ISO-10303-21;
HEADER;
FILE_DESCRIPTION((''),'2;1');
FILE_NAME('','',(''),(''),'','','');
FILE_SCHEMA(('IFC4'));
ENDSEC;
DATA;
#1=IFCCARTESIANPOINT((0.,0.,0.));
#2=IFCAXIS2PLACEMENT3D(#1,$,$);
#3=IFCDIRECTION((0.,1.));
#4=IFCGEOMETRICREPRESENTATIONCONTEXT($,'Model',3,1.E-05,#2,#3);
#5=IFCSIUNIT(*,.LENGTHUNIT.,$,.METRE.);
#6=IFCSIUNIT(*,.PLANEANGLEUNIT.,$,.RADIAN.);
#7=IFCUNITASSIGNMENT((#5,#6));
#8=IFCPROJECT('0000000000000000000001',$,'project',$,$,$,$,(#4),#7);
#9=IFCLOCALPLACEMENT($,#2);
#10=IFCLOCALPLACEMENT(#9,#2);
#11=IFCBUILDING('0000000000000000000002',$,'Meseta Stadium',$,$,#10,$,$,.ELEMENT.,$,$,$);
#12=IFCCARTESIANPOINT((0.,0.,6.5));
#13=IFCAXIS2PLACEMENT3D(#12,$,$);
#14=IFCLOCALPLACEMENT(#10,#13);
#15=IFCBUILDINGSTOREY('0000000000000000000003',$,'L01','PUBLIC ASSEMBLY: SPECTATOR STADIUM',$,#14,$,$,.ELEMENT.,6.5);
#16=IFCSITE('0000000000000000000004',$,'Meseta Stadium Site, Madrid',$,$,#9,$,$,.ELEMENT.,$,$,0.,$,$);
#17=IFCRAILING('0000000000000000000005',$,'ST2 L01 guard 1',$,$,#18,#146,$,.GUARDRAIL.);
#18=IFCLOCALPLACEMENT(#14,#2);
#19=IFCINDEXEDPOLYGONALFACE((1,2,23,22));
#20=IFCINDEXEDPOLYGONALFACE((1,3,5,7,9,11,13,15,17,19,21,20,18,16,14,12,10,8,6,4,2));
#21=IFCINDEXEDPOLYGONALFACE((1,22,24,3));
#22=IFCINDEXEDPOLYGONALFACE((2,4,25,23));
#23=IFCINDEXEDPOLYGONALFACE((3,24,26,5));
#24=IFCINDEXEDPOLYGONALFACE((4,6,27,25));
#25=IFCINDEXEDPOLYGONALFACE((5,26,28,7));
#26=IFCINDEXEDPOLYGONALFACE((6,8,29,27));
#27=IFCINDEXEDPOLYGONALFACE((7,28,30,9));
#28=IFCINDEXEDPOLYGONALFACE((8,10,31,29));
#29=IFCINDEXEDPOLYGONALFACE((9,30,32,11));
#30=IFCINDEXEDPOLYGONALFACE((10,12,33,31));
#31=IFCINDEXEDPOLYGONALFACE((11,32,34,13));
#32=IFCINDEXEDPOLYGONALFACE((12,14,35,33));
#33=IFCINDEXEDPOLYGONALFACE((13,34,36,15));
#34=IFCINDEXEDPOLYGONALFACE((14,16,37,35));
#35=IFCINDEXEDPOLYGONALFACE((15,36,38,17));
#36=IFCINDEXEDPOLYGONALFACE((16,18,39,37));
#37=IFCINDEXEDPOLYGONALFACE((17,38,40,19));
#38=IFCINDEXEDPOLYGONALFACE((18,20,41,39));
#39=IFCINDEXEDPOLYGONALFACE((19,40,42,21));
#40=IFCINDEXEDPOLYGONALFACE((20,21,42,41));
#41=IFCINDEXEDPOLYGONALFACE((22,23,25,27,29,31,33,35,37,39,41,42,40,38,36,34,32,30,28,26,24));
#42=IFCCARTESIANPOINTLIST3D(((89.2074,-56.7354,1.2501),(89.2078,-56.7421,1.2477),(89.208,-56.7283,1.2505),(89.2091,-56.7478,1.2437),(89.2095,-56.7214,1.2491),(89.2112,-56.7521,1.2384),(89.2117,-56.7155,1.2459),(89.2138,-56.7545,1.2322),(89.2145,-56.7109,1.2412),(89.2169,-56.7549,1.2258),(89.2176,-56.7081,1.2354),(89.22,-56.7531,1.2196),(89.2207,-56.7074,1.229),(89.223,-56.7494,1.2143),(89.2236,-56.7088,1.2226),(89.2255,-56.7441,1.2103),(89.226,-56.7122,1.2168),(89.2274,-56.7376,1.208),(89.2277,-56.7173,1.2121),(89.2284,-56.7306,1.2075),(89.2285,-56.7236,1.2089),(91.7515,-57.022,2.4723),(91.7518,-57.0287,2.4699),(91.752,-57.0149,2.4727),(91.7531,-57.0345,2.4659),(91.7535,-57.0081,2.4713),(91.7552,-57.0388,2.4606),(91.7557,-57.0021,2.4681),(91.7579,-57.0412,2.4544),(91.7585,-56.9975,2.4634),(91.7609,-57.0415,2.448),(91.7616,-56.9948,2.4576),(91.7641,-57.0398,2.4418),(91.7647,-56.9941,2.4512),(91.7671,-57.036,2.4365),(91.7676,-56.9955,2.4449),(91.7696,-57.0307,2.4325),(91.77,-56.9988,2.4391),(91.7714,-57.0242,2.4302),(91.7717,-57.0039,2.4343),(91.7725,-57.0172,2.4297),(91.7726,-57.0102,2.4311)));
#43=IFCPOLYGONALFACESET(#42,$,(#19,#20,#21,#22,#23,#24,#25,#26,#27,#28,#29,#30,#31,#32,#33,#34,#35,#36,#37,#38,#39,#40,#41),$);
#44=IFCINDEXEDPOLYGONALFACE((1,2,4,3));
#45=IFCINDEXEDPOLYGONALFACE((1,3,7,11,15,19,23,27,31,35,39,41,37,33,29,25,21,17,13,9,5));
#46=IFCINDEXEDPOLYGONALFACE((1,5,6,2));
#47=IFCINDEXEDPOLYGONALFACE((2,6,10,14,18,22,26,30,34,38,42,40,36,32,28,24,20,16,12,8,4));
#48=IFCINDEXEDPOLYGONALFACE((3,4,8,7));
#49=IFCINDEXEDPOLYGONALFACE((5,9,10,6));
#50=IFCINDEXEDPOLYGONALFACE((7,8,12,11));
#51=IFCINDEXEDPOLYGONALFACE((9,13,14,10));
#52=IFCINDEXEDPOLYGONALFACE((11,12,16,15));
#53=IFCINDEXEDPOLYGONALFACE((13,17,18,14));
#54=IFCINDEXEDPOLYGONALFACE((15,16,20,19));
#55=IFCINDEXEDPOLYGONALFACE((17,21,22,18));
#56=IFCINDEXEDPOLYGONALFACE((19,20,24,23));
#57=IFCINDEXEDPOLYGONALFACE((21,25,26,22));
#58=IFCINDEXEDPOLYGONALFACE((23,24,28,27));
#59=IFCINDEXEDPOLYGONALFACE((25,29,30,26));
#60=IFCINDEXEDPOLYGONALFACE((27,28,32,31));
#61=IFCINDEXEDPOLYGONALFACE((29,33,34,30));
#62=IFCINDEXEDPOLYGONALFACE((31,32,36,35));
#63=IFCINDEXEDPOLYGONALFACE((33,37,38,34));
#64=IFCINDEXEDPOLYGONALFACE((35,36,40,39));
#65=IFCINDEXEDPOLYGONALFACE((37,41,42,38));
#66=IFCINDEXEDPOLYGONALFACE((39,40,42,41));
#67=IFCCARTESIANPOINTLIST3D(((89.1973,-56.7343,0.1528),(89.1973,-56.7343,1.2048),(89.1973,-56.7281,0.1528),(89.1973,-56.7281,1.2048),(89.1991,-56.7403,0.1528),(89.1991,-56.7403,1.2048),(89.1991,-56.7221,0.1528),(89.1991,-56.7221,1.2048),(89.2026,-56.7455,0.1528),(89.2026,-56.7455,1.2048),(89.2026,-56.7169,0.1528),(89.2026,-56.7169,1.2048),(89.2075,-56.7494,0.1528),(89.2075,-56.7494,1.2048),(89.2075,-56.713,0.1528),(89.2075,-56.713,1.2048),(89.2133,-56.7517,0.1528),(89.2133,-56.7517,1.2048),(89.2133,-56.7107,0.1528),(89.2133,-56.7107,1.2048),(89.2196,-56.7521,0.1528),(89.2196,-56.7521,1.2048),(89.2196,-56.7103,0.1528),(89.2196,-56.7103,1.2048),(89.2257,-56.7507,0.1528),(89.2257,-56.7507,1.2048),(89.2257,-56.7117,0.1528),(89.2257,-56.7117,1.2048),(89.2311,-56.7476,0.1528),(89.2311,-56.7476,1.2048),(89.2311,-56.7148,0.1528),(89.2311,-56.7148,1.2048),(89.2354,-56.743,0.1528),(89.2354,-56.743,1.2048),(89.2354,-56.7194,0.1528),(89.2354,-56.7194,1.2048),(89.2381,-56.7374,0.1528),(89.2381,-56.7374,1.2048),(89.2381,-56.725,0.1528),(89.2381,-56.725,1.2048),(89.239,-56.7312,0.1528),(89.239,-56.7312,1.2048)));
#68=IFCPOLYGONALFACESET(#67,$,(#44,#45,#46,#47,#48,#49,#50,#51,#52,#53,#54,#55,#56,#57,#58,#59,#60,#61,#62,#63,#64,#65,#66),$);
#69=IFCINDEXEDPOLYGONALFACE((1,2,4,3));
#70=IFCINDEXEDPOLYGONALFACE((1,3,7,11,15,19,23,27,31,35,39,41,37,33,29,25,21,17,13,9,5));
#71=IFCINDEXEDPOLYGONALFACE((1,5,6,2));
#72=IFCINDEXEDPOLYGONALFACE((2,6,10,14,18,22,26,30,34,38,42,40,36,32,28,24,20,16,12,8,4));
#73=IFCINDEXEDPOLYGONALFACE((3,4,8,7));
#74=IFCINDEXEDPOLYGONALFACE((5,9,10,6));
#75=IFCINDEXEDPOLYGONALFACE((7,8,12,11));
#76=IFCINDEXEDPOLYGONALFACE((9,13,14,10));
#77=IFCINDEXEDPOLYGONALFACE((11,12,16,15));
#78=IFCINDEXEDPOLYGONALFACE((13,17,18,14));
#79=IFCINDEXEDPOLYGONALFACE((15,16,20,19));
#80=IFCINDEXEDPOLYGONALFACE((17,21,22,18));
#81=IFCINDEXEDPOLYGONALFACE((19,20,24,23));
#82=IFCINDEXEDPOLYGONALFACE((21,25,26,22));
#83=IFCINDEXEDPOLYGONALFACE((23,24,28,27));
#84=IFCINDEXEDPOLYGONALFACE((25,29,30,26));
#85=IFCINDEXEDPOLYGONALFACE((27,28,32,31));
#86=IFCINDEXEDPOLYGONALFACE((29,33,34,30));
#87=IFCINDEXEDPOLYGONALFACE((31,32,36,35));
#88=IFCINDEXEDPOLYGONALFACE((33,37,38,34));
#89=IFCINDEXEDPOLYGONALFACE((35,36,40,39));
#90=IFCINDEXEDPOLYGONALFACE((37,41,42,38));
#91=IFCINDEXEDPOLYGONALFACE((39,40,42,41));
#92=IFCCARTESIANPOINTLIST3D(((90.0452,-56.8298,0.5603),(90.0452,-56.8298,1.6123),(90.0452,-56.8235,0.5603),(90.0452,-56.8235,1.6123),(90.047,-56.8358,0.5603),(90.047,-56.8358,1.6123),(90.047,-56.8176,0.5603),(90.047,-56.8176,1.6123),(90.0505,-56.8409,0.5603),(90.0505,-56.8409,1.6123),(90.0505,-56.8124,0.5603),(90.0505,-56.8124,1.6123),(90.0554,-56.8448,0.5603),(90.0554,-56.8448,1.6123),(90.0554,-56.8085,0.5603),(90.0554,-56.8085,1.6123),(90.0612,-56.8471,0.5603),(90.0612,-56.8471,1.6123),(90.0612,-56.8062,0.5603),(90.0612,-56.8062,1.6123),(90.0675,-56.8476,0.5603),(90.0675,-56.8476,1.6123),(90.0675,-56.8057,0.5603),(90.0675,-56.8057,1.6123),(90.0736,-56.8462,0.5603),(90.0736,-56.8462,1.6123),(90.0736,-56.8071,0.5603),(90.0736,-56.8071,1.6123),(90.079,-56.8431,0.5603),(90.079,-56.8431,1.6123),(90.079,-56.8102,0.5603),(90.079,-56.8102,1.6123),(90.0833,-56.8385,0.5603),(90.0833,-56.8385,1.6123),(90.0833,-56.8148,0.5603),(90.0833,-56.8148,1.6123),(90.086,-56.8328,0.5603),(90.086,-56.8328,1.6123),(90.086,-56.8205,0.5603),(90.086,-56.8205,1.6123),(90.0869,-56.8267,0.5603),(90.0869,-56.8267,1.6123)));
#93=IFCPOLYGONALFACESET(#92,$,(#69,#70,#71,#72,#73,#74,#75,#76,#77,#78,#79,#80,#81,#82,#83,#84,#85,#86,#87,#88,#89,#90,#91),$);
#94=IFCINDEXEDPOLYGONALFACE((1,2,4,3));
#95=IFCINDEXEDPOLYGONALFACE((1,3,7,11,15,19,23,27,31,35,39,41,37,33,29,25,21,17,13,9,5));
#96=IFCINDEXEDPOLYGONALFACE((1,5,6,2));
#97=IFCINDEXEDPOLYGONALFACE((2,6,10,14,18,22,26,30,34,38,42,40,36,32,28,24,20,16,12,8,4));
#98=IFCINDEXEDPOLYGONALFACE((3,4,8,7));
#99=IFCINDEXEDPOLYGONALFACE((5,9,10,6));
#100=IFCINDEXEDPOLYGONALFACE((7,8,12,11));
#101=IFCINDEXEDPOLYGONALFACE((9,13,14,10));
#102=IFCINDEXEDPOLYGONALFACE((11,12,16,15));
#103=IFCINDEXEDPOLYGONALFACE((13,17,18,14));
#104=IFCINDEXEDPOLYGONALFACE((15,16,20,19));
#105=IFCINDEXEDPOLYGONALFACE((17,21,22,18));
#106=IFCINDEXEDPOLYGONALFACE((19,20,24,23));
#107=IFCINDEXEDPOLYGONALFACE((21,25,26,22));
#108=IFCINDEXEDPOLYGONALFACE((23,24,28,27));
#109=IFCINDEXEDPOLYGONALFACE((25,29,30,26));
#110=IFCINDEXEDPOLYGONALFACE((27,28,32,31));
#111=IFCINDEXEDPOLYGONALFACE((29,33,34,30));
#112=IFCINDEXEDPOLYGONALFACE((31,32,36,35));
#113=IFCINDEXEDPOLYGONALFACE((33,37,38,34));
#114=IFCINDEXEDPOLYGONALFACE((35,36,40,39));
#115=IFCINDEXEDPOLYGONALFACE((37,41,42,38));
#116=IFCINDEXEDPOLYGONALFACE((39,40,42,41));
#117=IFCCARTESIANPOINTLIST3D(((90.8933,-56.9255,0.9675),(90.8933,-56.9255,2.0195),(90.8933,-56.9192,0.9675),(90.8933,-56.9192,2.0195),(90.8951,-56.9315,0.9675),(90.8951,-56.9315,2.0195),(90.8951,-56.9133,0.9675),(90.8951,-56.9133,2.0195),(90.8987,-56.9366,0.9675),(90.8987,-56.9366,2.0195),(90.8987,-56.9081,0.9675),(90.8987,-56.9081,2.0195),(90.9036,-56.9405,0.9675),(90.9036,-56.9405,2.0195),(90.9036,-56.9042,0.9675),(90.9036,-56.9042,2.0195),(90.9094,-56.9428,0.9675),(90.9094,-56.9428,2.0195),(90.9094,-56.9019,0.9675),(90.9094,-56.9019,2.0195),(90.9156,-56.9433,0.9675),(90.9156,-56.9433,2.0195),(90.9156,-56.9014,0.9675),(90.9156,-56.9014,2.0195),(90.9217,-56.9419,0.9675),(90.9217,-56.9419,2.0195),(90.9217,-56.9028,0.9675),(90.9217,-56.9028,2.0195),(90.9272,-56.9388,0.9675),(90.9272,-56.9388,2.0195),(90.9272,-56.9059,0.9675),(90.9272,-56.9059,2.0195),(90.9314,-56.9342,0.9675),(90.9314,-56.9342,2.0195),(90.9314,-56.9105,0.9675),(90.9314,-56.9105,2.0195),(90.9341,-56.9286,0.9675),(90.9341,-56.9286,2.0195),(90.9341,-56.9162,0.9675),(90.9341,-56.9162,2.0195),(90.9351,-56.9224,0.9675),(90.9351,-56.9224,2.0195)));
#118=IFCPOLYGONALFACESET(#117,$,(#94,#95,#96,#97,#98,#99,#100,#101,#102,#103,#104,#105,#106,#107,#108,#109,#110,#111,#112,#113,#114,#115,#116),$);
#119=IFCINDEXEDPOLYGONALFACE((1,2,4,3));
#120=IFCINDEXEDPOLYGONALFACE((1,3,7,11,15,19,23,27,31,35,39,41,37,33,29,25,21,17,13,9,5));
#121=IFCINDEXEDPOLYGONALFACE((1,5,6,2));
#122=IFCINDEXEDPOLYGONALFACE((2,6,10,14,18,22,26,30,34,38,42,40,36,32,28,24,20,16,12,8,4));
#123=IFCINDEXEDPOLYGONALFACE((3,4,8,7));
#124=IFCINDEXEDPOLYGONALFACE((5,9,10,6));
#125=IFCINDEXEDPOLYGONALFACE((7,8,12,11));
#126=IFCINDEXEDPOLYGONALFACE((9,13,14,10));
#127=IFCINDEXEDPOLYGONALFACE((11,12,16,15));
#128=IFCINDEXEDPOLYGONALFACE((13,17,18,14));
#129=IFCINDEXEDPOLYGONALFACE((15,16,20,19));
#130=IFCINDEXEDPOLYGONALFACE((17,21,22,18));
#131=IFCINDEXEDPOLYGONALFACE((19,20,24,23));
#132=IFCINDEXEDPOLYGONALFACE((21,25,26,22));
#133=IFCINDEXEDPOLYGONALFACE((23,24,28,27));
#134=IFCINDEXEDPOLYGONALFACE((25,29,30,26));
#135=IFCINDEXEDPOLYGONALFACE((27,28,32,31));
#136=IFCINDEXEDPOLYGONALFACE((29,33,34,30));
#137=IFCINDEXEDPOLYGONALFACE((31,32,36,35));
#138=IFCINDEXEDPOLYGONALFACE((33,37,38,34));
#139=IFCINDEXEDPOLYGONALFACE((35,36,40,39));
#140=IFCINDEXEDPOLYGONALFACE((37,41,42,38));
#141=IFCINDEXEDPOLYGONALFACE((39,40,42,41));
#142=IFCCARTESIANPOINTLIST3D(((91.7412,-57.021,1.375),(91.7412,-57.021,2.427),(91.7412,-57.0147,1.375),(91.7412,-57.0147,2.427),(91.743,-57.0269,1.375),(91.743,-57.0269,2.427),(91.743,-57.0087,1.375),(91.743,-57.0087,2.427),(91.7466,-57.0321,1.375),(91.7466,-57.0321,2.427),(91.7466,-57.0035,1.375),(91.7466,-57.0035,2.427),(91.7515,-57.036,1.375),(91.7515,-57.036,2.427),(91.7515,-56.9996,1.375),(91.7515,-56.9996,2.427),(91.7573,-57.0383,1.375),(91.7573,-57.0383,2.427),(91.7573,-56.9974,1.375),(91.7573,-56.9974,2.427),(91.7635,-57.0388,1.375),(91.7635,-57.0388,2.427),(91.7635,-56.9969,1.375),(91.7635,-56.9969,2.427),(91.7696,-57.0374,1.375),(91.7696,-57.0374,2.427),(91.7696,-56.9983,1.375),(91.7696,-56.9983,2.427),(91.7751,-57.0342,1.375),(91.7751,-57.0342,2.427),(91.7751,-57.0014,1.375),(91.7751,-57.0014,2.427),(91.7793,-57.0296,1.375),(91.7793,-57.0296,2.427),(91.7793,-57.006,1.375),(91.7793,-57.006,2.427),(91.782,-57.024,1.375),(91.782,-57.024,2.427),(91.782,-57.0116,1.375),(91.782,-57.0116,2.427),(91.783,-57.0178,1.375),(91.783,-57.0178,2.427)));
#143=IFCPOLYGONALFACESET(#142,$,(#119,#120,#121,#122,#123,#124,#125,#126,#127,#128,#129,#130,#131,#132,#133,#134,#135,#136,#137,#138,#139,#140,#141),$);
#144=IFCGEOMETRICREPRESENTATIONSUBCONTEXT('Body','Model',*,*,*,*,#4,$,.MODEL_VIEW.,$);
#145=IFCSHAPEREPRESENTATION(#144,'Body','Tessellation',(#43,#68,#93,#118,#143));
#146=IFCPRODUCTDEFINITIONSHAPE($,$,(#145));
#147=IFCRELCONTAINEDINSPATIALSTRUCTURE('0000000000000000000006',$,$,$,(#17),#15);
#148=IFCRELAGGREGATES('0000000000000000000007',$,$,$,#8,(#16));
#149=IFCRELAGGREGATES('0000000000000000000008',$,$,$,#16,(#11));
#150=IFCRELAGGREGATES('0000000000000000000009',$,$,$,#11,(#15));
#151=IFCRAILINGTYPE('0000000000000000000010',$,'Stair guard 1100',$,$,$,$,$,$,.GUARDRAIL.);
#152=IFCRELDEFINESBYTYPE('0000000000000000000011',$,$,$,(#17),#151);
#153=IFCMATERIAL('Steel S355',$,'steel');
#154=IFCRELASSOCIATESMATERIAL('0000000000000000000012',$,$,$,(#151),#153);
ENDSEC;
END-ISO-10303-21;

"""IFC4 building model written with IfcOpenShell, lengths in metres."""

from ifc_helpers import new_model, si_unit, direction, frame, origin, origin_2d, place, context, subcontext, project, spatial, circle, extrude, material, type_object, element, save


model = new_model("IFC4")

# Units and contexts
model_context = context("Model", 3, precision=1e-05, world=origin(), true_north=direction((0.0, 1.0)))
body_context = subcontext(model_context, "Body", "Model", "MODEL_VIEW")
ifc_project = project(units=[si_unit("LENGTHUNIT", "METRE"), si_unit("PLANEANGLEUNIT", "RADIAN")], contexts=[model_context])

# Site, building, storey
site_placement = place(None, origin())
site = spatial("IfcSite", under=ifc_project, at=site_placement, Name="Meseta Stadium Site, Madrid", CompositionType="ELEMENT", RefElevation=0.0)
building_placement = place(site_placement, origin())
building = spatial("IfcBuilding", under=site, at=building_placement, Name="Meseta Stadium", CompositionType="ELEMENT")
storey_placement = place(building_placement, frame((0.0, 0.0, 6.5)))
storey = spatial("IfcBuildingStorey", under=building, at=storey_placement, Name="L01", Description="PUBLIC ASSEMBLY: SPECTATOR STADIUM", CompositionType="ELEMENT", Elevation=6.5)

# Railing
ifc_material_1 = material(Name="Steel S355", Category="steel")
railing_type_1 = type_object("IfcRailingType", Name="Stair guard 1100", PredefinedType="GUARDRAIL", material=ifc_material_1)
railing_1_placement = place(storey_placement, frame((89.218, -56.7312, 0.1528)))
element("IfcRailing", 1, at=railing_1_placement, inside=storey, type_object=railing_type_1, Name="ST2 L01 guard 1", PredefinedType="GUARDRAIL", context=body_context, shape_type="SweptSolid", body=[
    extrude(circle(Radius=0.0239, at=origin_2d()), frame((0.0, 0.0, 1.0762), z_axis=(0.896762, -0.101036, 0.430824), x_axis=(0.11196, 0.993713, 0.0)), (0.0, 0.0, 1.0), 2.8369),
    extrude(circle(Radius=0.021, at=origin_2d()), origin(), (0.0, 0.0, 1.0), 1.052),
    extrude(circle(Radius=0.021, at=origin_2d()), frame((0.8479, -0.0955, 0.4075)), (0.0, 0.0, 1.0), 1.052),
    extrude(circle(Radius=0.021, at=origin_2d()), frame((1.696, -0.1912, 0.8147)), (0.0, 0.0, 1.0), 1.052),
    extrude(circle(Radius=0.021, at=origin_2d()), frame((2.5439, -0.2866, 1.2222)), (0.0, 0.0, 1.0), 1.052),
])

save(model, "model.ifc")
